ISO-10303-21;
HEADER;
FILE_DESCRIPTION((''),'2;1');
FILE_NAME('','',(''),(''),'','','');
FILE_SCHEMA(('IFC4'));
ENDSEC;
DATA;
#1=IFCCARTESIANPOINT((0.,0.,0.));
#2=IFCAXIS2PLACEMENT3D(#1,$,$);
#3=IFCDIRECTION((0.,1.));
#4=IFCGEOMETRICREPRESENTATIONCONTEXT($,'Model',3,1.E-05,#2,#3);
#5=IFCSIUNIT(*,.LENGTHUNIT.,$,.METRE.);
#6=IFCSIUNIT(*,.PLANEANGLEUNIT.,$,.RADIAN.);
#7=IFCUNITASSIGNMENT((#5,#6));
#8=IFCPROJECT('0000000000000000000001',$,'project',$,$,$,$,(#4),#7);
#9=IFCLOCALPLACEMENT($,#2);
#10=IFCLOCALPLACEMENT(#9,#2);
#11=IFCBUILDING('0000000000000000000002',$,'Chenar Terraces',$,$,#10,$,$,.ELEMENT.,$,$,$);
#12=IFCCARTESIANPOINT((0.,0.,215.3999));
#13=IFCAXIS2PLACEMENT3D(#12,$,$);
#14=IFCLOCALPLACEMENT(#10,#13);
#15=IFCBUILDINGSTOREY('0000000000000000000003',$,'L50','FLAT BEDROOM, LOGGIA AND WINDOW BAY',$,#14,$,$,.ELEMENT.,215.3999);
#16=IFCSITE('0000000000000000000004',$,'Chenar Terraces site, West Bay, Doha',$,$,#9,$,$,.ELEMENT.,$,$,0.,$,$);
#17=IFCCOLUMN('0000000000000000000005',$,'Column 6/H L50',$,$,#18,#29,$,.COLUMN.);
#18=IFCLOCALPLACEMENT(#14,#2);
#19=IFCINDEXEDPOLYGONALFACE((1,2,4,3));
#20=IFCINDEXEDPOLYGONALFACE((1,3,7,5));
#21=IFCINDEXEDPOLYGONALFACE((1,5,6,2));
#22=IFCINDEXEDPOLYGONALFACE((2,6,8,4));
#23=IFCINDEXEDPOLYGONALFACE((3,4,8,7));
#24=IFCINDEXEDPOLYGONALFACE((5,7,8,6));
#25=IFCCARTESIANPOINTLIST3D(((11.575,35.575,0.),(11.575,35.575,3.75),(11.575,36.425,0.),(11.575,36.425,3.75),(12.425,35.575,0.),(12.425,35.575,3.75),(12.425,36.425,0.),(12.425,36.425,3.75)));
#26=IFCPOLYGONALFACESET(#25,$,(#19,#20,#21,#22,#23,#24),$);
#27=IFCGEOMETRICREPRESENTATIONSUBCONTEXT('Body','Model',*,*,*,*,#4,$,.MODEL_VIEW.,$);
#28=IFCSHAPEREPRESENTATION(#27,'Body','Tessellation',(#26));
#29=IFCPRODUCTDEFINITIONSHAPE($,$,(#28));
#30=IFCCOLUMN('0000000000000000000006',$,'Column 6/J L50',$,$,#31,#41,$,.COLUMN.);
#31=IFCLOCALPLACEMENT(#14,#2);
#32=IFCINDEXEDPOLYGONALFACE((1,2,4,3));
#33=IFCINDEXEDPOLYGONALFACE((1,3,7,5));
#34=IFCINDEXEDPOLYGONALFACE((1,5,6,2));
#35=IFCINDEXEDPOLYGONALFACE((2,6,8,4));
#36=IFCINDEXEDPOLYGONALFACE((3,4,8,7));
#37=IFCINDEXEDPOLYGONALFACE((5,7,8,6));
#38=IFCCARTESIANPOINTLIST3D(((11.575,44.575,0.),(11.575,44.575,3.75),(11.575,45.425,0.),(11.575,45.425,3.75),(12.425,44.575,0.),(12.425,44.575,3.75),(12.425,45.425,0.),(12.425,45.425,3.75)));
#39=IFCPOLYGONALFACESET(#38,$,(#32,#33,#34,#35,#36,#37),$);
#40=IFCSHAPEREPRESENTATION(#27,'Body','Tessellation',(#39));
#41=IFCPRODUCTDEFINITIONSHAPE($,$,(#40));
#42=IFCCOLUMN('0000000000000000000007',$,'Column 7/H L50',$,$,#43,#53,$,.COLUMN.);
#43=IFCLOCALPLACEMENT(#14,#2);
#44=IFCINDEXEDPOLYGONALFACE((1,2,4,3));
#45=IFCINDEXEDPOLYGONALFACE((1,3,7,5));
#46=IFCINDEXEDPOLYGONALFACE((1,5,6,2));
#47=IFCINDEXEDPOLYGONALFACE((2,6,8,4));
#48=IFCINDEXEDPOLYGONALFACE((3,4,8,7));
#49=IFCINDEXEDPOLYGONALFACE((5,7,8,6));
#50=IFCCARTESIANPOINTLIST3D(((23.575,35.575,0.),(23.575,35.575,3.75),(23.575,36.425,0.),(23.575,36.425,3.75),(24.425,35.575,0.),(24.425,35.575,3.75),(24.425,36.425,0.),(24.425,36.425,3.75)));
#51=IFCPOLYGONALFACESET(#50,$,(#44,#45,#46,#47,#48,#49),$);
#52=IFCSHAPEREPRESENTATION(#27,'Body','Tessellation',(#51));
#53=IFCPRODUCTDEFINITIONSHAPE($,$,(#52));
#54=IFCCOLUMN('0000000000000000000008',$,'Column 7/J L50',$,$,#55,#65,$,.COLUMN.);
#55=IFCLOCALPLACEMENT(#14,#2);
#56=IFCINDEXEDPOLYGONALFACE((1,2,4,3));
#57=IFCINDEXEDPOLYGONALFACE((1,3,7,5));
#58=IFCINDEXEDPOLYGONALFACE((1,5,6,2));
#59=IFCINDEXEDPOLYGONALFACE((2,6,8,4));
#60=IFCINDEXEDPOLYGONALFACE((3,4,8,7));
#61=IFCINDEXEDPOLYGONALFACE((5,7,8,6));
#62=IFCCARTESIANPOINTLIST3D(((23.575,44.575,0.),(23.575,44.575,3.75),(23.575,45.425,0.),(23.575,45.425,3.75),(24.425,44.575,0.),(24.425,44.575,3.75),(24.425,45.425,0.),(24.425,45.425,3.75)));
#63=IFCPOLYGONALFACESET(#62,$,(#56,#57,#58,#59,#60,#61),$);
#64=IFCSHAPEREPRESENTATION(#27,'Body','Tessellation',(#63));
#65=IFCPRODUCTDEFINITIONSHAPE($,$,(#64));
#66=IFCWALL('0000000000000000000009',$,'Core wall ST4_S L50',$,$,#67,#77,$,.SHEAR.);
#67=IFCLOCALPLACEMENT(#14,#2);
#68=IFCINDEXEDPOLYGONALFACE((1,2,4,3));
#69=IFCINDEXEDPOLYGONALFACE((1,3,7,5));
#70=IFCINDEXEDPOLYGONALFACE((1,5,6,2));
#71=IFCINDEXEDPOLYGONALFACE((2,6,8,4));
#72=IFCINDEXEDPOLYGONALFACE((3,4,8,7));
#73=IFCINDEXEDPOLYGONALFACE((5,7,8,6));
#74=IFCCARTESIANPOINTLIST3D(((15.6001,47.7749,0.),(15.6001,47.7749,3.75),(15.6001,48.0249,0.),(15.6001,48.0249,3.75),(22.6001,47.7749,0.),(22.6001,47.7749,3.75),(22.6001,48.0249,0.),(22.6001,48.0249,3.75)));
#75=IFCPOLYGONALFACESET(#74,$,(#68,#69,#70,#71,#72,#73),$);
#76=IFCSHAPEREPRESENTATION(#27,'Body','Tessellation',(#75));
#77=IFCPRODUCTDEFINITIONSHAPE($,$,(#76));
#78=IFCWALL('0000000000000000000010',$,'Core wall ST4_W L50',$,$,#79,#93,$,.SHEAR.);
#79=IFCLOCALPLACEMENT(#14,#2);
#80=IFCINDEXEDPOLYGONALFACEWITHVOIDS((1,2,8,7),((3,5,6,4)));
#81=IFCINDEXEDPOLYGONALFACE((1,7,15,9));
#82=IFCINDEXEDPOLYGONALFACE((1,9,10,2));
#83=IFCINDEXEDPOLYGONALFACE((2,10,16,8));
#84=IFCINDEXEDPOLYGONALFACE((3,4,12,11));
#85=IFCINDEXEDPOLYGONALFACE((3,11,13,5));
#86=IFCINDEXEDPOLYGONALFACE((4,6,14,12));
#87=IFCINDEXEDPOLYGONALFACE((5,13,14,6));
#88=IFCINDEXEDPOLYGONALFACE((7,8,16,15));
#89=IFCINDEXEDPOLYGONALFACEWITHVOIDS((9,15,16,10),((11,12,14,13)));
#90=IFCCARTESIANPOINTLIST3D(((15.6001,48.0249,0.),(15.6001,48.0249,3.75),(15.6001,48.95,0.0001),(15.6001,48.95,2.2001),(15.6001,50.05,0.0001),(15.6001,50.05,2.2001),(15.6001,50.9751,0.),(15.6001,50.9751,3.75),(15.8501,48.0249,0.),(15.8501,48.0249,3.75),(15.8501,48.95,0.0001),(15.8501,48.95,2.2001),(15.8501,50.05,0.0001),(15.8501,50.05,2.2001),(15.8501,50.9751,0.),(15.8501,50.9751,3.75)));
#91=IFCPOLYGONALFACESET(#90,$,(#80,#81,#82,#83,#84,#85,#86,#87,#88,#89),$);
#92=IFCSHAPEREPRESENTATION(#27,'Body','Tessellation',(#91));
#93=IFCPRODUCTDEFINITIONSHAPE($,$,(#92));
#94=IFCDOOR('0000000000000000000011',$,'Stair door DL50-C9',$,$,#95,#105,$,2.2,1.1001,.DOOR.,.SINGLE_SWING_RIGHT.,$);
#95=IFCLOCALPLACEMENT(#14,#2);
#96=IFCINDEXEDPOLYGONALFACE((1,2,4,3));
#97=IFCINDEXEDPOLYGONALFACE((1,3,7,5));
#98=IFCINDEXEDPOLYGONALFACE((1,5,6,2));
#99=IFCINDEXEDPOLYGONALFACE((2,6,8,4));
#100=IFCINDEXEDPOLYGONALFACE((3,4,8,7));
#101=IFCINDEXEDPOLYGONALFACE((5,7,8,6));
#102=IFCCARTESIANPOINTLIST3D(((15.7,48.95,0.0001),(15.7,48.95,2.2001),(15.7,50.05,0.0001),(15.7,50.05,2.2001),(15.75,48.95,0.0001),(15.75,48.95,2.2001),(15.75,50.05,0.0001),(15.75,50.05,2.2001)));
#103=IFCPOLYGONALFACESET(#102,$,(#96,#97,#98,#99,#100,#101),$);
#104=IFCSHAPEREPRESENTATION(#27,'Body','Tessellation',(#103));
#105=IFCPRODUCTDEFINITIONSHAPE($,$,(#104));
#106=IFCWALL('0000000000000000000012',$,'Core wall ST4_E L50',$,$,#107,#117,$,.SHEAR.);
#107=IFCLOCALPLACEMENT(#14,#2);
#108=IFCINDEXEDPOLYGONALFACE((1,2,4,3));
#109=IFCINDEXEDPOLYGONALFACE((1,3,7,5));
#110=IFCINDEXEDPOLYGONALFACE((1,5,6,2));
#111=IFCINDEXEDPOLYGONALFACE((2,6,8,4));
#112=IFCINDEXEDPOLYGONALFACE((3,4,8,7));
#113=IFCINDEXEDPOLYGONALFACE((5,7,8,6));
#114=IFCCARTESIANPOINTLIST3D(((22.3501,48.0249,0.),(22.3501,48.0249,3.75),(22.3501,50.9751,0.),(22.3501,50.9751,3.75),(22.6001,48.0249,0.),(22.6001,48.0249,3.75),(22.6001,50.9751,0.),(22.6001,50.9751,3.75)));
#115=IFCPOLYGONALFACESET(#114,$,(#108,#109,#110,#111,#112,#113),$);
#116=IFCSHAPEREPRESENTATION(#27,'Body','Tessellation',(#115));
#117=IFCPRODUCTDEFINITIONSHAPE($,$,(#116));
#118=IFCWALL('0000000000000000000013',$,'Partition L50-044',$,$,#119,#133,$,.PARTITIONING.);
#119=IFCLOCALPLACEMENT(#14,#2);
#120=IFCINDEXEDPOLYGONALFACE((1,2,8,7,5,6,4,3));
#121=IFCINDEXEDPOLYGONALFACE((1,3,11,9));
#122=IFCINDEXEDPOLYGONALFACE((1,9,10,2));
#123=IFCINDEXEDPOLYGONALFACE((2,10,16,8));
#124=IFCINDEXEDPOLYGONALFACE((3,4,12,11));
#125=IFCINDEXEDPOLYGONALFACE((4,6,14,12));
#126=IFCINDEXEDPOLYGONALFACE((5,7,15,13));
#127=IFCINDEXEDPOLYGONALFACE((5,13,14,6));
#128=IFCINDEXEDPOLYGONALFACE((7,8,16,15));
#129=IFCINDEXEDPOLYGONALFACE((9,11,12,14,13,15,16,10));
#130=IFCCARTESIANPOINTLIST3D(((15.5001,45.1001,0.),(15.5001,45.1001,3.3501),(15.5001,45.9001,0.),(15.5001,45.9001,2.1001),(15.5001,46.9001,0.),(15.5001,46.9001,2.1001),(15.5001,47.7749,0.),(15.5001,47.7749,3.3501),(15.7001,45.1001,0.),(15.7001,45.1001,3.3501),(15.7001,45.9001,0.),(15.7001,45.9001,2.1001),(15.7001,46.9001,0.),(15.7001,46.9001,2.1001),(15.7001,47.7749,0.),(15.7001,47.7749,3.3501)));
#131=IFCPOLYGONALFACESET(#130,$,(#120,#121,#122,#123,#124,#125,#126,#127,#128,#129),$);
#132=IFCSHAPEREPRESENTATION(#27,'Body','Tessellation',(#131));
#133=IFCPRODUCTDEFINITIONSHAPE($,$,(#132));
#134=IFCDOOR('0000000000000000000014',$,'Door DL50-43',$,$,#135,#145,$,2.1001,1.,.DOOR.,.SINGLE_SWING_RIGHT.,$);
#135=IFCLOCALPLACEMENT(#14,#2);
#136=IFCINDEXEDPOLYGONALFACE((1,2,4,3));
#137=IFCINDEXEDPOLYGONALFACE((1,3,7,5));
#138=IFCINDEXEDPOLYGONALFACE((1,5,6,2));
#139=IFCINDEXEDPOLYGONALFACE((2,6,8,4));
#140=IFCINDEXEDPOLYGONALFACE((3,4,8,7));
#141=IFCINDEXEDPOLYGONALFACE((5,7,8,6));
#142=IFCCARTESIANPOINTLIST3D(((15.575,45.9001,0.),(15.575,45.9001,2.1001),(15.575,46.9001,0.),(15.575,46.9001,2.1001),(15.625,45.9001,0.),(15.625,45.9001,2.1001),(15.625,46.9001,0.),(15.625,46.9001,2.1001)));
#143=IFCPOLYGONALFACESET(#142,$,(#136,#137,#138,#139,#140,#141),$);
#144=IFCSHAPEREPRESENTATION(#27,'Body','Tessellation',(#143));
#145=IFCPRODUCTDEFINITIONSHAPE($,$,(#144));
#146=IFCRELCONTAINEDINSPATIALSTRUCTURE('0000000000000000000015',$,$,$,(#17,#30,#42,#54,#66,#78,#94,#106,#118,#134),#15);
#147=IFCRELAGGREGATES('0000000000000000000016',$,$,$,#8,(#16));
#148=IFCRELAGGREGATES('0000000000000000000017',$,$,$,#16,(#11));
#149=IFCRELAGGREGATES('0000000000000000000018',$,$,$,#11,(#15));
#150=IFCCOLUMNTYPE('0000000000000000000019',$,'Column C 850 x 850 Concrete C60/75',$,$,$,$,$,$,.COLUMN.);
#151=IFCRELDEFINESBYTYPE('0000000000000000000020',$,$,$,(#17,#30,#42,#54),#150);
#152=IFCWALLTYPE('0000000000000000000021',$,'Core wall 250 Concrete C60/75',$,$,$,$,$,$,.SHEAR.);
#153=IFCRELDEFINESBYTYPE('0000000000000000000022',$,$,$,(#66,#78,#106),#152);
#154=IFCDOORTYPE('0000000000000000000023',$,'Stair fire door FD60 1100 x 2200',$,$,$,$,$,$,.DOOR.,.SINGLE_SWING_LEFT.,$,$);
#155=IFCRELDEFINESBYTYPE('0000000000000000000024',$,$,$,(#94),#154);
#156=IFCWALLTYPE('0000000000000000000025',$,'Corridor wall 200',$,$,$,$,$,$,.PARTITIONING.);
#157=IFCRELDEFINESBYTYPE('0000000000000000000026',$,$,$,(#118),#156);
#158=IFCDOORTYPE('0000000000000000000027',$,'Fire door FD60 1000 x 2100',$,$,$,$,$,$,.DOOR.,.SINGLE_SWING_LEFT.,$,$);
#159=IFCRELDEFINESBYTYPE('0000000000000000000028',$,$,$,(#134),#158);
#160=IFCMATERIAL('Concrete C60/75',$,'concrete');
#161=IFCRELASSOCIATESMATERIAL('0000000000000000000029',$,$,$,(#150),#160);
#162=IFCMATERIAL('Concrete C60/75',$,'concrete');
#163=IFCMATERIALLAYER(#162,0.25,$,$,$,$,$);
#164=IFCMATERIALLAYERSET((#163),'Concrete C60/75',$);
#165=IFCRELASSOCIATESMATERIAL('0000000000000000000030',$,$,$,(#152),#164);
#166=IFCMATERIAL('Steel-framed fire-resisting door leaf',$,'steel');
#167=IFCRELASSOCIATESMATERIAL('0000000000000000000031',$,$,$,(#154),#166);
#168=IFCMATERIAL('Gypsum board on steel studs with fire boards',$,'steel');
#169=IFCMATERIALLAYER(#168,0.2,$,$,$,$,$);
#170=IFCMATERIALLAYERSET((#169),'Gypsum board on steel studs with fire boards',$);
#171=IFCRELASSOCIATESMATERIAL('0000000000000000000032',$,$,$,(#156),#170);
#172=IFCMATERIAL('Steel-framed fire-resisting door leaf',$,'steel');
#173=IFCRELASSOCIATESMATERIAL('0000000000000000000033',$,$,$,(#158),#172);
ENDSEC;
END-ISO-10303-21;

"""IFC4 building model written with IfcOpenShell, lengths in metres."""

from ifc_helpers import new_model, si_unit, direction, frame, frame_2d, origin, origin_2d, place, context, subcontext, project, spatial, rectangle, extrude, material, layer, layer_set, material_profile, profile_set, type_object, element, fill, save


model = new_model("IFC4")

# Units and contexts
model_context = context("Model", 3, precision=1e-05, world=origin(), true_north=direction((0.0, 1.0)))
body_context = subcontext(model_context, "Body", "Model", "MODEL_VIEW")
ifc_project = project(units=[si_unit("LENGTHUNIT", "METRE"), si_unit("PLANEANGLEUNIT", "RADIAN")], contexts=[model_context])

# Site, building, storey
site_placement = place(None, origin())
site = spatial("IfcSite", under=ifc_project, at=site_placement, Name="Chenar Terraces site, West Bay, Doha", CompositionType="ELEMENT", RefElevation=0.0)
building_placement = place(site_placement, origin())
building = spatial("IfcBuilding", under=site, at=building_placement, Name="Chenar Terraces", CompositionType="ELEMENT")
storey_placement = place(building_placement, frame((0.0, 0.0, 215.3999)))
storey = spatial("IfcBuildingStorey", under=building, at=storey_placement, Name="L50", Description="FLAT BEDROOM, LOGGIA AND WINDOW BAY", CompositionType="ELEMENT", Elevation=215.3999)

# Columns
ifc_material_1 = material(Name="Concrete C60/75", Category="concrete")
ifc_material_profile = material_profile(ifc_material_1, rectangle(XDim=0.8501, YDim=0.8501, at=origin_2d()), Name="C 850 x 850")
ifc_profile_set = profile_set([ifc_material_profile], Name="Concrete C60/75")
column_type = type_object("IfcColumnType", Name="Column C 850 x 850 Concrete C60/75", PredefinedType="COLUMN", material=ifc_profile_set)
for number, where, z_axis, x_axis, name in (
    (1, (12.0, 36.0, 0.0), (0.0, 0.0, 1.0), (1.0, 0.0, 0.0), "Column 6/H L50"),
    (2, (12.0, 45.0, 0.0), (0.0, 0.0, 1.0), (1.0, 0.0, 0.0), "Column 6/J L50"),
    (3, (24.0, 36.0, 0.0), (0.0, 0.0, 1.0), (1.0, 0.0, 0.0), "Column 7/H L50"),
    (4, (24.0, 45.0, 0.0), (0.0, 0.0, 1.0), (1.0, 0.0, 0.0), "Column 7/J L50"),
):
    element("IfcColumn", number, at=place(storey_placement, frame(where, z_axis=z_axis, x_axis=x_axis)), inside=storey, type_object=column_type, Name=name, PredefinedType="COLUMN", context=body_context, shape_type="SweptSolid", body=[
        extrude(rectangle(XDim=0.8501, YDim=0.8501, at=origin_2d()), origin(), (0.0, 0.0, 1.0), 3.75),
    ])

# Wall
ifc_material_2 = material(Name="Concrete C60/75", Category="concrete")
ifc_layer_1 = layer(ifc_material_2, 0.25)
ifc_layer_set_1 = layer_set([ifc_layer_1], Name="Concrete C60/75")
wall_type_1 = type_object("IfcWallType", Name="Core wall 250 Concrete C60/75", PredefinedType="SHEAR", material=ifc_layer_set_1)
wall_1_placement = place(storey_placement, frame((15.6001, 47.8999, 0.0), z_axis=(0.0, 0.0, 1.0), x_axis=(1.0, 0.0, 0.0)))
element("IfcWall", 5, at=wall_1_placement, inside=storey, type_object=wall_type_1, Name="Core wall ST4_S L50", PredefinedType="SHEAR", context=body_context, shape_type="SweptSolid", body=[
    extrude(rectangle(XDim=7.0, YDim=0.25, at=frame_2d((3.5, 0.0))), origin(), (0.0, 0.0, 1.0), 3.75),
])

# Wall, opening, door
wall_2_placement = place(storey_placement, frame((15.7251, 48.0249, 0.0), z_axis=(0.0, 0.0, 1.0), x_axis=(0.0, 1.0, 0.0)))
wall_2 = element("IfcWall", 6, at=wall_2_placement, inside=storey, type_object=wall_type_1, Name="Core wall ST4_W L50", PredefinedType="SHEAR", context=body_context, shape_type="SweptSolid", body=[
    extrude(rectangle(XDim=2.9502, YDim=0.25, at=frame_2d((1.4751, 0.0))), origin(), (0.0, 0.0, 1.0), 3.75),
])
opening_1_placement = place(wall_2_placement, frame((0.925, 0.0, 0.0)))
opening_1 = element("IfcOpeningElement", 7, at=opening_1_placement, cuts=wall_2, PredefinedType="OPENING", context=body_context, shape_type="SweptSolid", body=[
    extrude(rectangle(XDim=1.1001, YDim=2.2, at=frame_2d((0.55, 1.1001))), frame((0.0, 0.135, 0.0), z_axis=(0.0, -1.0, 0.0), x_axis=(1.0, 0.0, 0.0)), (0.0, 0.0, 1.0), 0.27),
])
ifc_material_3 = material(Name="Steel-framed fire-resisting door leaf", Category="steel")
door_type_1 = type_object("IfcDoorType", Name="Stair fire door FD60 1100 x 2200", OperationType="SINGLE_SWING_LEFT", PredefinedType="DOOR", material=ifc_material_3)
door_1_placement = place(opening_1_placement, frame((1.1001, 0.0, 0.0), z_axis=(0.0, 0.0, 1.0), x_axis=(-1.0, 0.0, 0.0)))
door_1 = element("IfcDoor", 8, at=door_1_placement, inside=storey, type_object=door_type_1, Name="Stair door DL50-C9", OperationType="SINGLE_SWING_RIGHT", OverallHeight=2.2, OverallWidth=1.1001, PredefinedType="DOOR", context=body_context, shape_type="SweptSolid", body=[
    extrude(rectangle(XDim=1.1001, YDim=2.2, at=frame_2d((0.55, 1.1001))), frame((0.0, 0.0249, 0.0), z_axis=(0.0, -1.0, 0.0), x_axis=(1.0, 0.0, 0.0)), (0.0, 0.0, 1.0), 0.05),
])
fill(opening_1, door_1)

# Wall
wall_3_placement = place(storey_placement, frame((22.4751, 48.0249, 0.0), z_axis=(0.0, 0.0, 1.0), x_axis=(0.0, 1.0, 0.0)))
element("IfcWall", 9, at=wall_3_placement, inside=storey, type_object=wall_type_1, Name="Core wall ST4_E L50", PredefinedType="SHEAR", context=body_context, shape_type="SweptSolid", body=[
    extrude(rectangle(XDim=2.9502, YDim=0.25, at=frame_2d((1.4751, 0.0))), origin(), (0.0, 0.0, 1.0), 3.75),
])

# Wall, opening, door
ifc_material_4 = material(Name="Gypsum board on steel studs with fire boards", Category="steel")
ifc_layer_2 = layer(ifc_material_4, 0.2)
ifc_layer_set_2 = layer_set([ifc_layer_2], Name="Gypsum board on steel studs with fire boards")
wall_type_2 = type_object("IfcWallType", Name="Corridor wall 200", PredefinedType="PARTITIONING", material=ifc_layer_set_2)
wall_4_placement = place(storey_placement, frame((15.6001, 45.1001, 0.0), z_axis=(0.0, 0.0, 1.0), x_axis=(0.0, 1.0, 0.0)))
wall_4 = element("IfcWall", 10, at=wall_4_placement, inside=storey, type_object=wall_type_2, Name="Partition L50-044", PredefinedType="PARTITIONING", context=body_context, shape_type="SweptSolid", body=[
    extrude(rectangle(XDim=2.6748, YDim=0.2, at=frame_2d((1.3374, 0.0))), origin(), (0.0, 0.0, 1.0), 3.3501),
])
opening_2_placement = place(wall_4_placement, frame((0.8, 0.0, 0.0)))
opening_2 = element("IfcOpeningElement", 11, at=opening_2_placement, cuts=wall_4, PredefinedType="OPENING", context=body_context, shape_type="SweptSolid", body=[
    extrude(rectangle(XDim=1.0, YDim=2.1001, at=frame_2d((0.5, 1.05))), frame((0.0, 0.1099, 0.0), z_axis=(0.0, -1.0, 0.0), x_axis=(1.0, 0.0, 0.0)), (0.0, 0.0, 1.0), 0.22),
])
ifc_material_5 = material(Name="Steel-framed fire-resisting door leaf", Category="steel")
door_type_2 = type_object("IfcDoorType", Name="Fire door FD60 1000 x 2100", OperationType="SINGLE_SWING_LEFT", PredefinedType="DOOR", material=ifc_material_5)
door_2_placement = place(opening_2_placement, frame((1.0, 0.0, 0.0), z_axis=(0.0, 0.0, 1.0), x_axis=(-1.0, 0.0, 0.0)))
door_2 = element("IfcDoor", 12, at=door_2_placement, inside=storey, type_object=door_type_2, Name="Door DL50-43", OperationType="SINGLE_SWING_RIGHT", OverallHeight=2.1001, OverallWidth=1.0, PredefinedType="DOOR", context=body_context, shape_type="SweptSolid", body=[
    extrude(rectangle(XDim=1.0, YDim=2.1001, at=frame_2d((0.5, 1.05))), frame((0.0, 0.0249, 0.0), z_axis=(0.0, -1.0, 0.0), x_axis=(1.0, 0.0, 0.0)), (0.0, 0.0, 1.0), 0.05),
])
fill(opening_2, door_2)

save(model, "model.ifc")
